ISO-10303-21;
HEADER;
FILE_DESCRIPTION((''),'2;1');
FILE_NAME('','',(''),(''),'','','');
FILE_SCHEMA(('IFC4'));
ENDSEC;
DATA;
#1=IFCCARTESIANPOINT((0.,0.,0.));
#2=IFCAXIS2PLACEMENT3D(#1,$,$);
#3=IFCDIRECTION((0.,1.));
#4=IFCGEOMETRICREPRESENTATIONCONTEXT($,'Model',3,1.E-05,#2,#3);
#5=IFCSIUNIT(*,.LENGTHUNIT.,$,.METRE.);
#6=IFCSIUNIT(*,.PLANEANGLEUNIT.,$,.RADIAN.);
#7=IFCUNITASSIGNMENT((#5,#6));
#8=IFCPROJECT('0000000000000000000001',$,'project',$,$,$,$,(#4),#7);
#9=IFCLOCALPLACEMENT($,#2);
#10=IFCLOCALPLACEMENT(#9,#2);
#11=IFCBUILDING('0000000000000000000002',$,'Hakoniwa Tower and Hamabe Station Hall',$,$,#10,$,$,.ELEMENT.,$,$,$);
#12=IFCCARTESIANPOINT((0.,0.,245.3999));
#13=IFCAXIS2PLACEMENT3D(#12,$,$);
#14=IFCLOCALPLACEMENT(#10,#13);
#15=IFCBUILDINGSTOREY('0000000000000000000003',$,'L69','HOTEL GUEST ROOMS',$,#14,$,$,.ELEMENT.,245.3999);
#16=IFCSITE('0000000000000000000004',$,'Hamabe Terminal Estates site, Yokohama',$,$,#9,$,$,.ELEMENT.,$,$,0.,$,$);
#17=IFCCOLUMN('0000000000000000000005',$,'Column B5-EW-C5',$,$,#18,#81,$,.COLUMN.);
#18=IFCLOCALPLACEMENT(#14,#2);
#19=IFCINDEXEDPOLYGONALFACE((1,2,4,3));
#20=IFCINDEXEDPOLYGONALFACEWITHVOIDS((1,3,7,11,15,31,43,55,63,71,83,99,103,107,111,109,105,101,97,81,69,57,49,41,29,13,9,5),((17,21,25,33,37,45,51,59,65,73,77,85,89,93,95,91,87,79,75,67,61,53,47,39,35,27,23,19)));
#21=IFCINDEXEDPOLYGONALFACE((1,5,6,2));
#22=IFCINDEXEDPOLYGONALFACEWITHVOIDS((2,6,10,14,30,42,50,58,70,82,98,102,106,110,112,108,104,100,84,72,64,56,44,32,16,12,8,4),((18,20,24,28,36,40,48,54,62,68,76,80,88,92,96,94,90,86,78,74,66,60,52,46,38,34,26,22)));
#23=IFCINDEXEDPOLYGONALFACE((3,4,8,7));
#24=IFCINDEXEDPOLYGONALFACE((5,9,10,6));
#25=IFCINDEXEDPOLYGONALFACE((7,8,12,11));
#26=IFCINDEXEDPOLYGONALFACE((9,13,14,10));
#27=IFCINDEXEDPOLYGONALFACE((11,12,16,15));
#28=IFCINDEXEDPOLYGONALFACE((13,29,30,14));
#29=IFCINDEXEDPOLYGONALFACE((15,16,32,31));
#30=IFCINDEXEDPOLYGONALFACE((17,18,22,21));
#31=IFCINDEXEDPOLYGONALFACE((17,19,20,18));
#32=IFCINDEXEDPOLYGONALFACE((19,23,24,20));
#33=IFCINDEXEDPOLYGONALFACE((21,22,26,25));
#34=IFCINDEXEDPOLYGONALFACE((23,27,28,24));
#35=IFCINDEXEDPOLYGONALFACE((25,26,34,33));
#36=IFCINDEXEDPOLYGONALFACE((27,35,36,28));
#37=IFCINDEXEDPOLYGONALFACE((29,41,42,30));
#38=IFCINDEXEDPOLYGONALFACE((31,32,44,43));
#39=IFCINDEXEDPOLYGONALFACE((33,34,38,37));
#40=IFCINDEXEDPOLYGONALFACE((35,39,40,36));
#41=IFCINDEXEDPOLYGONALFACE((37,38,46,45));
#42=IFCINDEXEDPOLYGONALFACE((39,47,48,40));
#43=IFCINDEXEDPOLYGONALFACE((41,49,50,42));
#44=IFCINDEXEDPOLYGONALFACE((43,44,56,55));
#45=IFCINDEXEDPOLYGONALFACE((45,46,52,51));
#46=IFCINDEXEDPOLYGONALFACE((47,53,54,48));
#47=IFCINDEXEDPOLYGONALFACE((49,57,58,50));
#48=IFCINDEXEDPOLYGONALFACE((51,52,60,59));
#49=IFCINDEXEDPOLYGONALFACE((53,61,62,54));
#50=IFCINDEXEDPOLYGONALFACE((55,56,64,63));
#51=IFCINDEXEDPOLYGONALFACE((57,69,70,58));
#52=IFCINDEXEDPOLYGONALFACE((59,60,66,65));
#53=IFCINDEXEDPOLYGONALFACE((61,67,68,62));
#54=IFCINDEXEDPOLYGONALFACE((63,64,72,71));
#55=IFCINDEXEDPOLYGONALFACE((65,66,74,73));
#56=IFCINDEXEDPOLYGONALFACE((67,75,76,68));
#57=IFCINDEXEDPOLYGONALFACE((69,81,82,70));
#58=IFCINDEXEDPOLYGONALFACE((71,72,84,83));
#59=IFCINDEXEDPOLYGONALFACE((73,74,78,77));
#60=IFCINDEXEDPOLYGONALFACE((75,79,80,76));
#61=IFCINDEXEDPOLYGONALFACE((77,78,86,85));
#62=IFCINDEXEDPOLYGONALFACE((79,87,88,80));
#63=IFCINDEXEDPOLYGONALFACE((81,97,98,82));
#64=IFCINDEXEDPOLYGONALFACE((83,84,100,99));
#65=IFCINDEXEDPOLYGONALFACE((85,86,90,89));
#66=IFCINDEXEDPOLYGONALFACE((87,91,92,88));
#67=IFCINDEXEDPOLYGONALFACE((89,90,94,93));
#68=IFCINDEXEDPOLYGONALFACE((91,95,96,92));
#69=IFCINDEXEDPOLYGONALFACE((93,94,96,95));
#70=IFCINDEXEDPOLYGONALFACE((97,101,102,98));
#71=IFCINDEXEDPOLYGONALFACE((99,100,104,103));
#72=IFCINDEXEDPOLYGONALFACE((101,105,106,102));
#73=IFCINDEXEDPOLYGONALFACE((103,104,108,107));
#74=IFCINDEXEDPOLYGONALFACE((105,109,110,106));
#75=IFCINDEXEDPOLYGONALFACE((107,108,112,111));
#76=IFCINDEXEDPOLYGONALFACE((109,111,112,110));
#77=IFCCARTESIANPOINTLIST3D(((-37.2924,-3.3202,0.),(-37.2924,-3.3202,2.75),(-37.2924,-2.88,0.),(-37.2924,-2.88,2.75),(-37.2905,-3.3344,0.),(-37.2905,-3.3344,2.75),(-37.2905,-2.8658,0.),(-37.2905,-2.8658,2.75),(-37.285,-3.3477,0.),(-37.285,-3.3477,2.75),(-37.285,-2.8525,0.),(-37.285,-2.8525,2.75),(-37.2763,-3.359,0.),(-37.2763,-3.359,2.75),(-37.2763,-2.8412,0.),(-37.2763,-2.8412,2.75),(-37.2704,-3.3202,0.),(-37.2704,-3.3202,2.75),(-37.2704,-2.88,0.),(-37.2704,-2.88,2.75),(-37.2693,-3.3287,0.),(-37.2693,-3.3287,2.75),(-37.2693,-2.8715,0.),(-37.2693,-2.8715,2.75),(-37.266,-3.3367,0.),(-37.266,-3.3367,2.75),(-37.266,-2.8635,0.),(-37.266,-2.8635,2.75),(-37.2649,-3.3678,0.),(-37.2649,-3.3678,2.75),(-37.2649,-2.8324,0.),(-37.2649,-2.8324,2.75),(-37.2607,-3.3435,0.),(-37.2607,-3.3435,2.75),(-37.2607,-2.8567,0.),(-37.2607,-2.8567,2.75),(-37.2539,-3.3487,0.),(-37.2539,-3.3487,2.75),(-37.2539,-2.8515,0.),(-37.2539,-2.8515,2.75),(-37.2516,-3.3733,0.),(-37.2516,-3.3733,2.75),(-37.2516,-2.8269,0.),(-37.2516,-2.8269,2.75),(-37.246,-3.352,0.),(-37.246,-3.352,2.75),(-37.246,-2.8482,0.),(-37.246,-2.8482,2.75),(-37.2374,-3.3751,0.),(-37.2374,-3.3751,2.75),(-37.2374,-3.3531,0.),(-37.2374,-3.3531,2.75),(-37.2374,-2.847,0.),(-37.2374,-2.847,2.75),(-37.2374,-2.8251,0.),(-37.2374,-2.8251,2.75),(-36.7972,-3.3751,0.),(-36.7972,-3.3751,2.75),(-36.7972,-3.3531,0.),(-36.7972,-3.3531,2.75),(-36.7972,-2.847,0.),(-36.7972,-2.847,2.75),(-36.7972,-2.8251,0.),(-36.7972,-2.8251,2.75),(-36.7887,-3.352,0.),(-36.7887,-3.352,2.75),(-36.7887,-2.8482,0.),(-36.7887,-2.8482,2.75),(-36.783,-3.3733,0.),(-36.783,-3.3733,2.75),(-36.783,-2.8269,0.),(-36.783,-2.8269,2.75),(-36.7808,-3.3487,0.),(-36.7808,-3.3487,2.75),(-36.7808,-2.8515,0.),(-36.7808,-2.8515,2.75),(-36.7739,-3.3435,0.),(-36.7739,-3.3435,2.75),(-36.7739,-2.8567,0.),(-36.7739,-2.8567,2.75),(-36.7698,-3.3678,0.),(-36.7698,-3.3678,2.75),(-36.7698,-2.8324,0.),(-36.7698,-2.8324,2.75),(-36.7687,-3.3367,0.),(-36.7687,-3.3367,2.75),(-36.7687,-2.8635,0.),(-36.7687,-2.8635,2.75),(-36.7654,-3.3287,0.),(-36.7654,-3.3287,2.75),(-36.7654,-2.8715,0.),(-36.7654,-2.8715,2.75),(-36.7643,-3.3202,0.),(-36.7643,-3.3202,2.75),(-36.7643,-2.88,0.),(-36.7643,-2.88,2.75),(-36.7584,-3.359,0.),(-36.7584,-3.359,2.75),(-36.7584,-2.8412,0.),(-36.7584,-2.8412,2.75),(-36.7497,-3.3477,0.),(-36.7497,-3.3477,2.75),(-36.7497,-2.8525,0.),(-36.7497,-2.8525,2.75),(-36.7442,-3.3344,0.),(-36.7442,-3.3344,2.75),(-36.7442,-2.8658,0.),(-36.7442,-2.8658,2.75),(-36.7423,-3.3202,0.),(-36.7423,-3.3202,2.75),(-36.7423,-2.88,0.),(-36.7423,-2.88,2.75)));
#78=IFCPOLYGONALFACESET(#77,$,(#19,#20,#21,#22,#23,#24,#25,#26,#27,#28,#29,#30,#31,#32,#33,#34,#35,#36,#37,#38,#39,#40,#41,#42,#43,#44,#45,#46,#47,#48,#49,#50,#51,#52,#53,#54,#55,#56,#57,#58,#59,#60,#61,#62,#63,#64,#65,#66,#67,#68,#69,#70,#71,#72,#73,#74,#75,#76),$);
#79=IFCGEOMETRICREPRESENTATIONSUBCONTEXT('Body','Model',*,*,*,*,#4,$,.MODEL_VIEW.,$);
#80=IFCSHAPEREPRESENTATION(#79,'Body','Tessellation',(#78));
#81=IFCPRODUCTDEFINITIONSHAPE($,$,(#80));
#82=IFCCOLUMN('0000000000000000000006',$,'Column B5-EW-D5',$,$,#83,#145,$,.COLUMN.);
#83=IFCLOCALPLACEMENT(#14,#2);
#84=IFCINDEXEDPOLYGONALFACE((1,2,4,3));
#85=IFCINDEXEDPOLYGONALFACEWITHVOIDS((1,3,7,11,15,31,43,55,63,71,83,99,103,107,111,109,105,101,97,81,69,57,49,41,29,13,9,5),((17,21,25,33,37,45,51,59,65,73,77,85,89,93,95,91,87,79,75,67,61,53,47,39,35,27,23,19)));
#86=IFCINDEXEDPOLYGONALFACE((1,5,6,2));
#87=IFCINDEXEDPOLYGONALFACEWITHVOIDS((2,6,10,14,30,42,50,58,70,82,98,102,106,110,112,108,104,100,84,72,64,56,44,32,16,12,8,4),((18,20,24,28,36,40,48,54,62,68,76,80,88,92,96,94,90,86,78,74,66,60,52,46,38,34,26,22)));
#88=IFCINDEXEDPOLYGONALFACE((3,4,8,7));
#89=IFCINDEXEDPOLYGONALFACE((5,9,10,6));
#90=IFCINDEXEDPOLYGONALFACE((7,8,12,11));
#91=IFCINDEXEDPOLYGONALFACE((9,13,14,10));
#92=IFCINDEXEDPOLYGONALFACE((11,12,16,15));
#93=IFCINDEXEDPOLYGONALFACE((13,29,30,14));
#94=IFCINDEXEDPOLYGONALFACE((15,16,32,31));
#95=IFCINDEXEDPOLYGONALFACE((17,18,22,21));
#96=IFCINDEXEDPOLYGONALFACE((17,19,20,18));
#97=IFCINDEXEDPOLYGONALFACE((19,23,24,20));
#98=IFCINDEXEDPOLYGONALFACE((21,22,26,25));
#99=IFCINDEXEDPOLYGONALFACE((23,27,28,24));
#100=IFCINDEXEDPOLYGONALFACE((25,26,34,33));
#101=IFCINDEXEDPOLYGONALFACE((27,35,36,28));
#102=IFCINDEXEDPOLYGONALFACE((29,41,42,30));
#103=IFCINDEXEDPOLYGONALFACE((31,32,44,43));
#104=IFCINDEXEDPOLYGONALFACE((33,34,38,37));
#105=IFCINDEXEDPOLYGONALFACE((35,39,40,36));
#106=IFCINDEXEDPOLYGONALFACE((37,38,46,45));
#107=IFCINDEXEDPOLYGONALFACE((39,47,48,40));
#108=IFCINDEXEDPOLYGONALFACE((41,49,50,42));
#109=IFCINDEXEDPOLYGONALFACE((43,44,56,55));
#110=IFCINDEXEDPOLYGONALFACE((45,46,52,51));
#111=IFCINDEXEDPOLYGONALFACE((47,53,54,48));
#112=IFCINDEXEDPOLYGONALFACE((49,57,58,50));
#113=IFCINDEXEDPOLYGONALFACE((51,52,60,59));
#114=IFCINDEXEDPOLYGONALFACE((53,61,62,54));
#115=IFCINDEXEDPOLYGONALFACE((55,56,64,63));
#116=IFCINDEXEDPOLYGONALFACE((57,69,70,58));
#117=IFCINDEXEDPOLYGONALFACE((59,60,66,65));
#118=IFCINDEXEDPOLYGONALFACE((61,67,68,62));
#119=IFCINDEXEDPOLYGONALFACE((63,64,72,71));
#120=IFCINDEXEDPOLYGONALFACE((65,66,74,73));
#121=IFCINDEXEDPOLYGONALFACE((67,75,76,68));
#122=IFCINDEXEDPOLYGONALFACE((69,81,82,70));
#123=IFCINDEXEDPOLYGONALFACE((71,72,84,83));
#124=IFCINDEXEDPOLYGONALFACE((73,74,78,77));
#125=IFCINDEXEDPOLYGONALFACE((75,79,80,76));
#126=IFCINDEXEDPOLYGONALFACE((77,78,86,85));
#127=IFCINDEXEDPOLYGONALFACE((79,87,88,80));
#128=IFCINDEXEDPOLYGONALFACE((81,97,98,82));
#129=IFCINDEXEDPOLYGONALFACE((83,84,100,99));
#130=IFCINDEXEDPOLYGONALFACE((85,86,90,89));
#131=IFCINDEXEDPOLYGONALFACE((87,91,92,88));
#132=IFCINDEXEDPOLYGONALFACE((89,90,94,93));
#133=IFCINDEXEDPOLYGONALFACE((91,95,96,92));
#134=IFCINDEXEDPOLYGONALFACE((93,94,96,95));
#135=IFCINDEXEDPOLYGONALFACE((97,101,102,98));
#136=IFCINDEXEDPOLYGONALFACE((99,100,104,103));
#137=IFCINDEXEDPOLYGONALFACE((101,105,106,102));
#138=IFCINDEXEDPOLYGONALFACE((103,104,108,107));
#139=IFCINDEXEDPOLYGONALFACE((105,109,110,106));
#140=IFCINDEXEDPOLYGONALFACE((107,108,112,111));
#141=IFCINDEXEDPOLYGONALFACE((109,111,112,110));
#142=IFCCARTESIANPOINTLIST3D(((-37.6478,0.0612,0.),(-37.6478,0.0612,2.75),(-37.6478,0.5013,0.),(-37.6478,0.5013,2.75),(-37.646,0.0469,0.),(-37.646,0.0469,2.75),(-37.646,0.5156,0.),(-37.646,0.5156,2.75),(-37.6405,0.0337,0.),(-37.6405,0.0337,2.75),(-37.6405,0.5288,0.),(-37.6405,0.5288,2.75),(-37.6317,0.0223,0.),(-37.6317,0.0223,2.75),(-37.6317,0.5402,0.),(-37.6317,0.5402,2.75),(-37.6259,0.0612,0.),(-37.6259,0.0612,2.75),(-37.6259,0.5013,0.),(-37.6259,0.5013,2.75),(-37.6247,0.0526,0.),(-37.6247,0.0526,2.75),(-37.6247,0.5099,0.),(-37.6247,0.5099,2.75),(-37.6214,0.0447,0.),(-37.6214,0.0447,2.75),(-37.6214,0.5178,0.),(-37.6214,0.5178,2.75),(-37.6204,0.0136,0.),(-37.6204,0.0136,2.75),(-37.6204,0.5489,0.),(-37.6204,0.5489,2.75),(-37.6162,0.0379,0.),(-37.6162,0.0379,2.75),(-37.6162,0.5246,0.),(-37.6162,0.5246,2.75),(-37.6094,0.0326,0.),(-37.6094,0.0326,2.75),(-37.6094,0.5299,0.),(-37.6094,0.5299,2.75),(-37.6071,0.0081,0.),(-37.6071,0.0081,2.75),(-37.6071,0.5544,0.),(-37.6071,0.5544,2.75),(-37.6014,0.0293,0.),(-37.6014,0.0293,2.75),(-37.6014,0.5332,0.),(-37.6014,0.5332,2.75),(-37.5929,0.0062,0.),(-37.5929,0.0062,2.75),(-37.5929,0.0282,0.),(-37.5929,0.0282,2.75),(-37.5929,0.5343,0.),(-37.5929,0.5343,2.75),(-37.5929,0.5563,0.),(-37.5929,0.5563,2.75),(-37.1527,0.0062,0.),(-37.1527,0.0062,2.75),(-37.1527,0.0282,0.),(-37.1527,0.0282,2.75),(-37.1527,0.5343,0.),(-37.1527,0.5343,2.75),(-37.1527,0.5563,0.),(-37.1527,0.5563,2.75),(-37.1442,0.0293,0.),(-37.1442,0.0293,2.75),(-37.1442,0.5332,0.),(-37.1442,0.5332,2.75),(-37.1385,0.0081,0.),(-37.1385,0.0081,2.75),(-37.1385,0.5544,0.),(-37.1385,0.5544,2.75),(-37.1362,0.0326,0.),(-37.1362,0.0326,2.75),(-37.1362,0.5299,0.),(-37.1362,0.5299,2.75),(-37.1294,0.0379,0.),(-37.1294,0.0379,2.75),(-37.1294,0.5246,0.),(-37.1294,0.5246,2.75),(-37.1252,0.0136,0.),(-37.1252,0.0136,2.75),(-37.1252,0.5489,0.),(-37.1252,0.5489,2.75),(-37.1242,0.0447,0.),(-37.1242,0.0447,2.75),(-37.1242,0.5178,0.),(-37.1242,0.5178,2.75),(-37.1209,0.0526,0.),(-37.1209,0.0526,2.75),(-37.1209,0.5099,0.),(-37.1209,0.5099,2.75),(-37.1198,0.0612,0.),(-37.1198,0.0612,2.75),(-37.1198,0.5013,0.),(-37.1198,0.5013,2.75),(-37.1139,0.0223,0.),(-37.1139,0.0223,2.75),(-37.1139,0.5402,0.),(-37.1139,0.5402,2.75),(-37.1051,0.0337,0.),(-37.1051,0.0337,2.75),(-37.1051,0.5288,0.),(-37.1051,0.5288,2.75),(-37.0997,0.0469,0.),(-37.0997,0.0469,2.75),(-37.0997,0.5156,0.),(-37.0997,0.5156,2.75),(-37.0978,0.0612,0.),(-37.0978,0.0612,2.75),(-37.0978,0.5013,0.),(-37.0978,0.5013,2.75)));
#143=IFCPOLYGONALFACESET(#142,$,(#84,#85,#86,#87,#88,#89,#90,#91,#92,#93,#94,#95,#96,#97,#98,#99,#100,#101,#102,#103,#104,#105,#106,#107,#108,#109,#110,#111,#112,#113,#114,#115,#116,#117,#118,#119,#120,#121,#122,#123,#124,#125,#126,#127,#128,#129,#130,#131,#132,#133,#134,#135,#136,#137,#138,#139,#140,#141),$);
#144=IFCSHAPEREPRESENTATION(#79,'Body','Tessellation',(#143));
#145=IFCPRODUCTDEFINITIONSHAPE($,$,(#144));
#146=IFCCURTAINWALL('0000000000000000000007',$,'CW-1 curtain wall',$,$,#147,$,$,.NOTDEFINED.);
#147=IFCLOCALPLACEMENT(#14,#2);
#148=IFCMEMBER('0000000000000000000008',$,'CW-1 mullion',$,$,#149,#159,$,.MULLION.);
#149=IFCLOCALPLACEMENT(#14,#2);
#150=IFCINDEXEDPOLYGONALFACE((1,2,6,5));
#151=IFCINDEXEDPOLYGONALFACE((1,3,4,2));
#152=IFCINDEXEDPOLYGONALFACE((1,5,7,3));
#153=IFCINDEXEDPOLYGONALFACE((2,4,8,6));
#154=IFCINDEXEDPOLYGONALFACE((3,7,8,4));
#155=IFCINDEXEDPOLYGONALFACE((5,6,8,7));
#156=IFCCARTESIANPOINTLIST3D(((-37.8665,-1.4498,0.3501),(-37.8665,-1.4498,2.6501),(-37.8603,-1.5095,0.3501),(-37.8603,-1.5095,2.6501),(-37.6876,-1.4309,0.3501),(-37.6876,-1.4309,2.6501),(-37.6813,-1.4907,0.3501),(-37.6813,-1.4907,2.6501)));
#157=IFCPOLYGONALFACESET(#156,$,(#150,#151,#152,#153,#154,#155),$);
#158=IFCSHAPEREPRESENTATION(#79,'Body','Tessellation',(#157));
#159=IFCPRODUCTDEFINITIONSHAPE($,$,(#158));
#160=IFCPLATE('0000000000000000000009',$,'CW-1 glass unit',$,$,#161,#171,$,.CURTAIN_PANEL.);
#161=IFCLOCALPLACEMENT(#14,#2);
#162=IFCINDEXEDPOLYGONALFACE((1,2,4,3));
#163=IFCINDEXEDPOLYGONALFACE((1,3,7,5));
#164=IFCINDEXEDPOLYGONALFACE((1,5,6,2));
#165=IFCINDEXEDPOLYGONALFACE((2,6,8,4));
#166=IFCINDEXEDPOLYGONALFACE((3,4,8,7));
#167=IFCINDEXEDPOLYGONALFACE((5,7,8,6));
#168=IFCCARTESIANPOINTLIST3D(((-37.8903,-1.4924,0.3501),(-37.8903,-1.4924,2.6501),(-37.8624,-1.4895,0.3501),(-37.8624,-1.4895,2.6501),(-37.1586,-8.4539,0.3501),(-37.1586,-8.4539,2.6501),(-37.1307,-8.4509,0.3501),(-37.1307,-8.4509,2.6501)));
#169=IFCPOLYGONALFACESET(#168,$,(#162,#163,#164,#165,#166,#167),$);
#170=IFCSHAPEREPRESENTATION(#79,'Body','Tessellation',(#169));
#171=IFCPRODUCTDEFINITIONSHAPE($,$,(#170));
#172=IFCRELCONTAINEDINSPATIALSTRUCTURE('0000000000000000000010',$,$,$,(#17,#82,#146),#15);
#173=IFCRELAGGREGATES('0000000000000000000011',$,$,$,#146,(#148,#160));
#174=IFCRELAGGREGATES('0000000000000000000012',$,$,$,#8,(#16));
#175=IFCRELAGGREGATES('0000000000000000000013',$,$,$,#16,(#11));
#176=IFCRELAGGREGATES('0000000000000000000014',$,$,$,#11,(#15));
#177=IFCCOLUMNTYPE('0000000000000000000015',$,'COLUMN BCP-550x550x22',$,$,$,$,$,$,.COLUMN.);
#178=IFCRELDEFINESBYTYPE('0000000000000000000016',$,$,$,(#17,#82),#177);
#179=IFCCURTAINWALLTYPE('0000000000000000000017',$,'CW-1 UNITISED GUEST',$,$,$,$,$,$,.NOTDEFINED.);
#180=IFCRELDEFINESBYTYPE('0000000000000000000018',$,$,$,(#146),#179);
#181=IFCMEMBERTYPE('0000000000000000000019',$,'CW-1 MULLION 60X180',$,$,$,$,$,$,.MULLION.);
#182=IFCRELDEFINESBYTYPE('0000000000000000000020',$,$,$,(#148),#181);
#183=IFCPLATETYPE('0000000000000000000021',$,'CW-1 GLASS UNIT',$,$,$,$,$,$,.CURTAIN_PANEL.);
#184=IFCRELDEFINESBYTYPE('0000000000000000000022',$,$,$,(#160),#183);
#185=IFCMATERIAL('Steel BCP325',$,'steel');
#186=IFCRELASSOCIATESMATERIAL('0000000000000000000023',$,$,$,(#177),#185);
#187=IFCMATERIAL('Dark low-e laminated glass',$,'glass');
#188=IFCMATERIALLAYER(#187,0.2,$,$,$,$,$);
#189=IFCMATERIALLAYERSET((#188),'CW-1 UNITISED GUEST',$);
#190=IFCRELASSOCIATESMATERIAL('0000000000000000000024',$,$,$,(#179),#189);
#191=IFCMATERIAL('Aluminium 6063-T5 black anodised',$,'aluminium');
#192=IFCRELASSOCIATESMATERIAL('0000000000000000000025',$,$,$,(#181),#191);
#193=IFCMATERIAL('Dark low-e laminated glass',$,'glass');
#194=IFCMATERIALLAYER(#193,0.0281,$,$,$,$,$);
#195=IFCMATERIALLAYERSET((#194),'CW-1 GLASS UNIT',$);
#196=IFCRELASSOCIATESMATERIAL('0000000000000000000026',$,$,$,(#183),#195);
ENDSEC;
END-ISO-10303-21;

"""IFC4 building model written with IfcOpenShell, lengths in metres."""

from ifc_helpers import new_model, si_unit, direction, frame, origin, origin_2d, place, context, subcontext, project, spatial, rectangle, hollow_rectangle, extrude, material, layer, layer_set, material_profile, profile_set, type_object, element, aggregate, save


model = new_model("IFC4")

# Units and contexts
model_context = context("Model", 3, precision=1e-05, world=origin(), true_north=direction((0.0, 1.0)))
body_context = subcontext(model_context, "Body", "Model", "MODEL_VIEW")
ifc_project = project(units=[si_unit("LENGTHUNIT", "METRE"), si_unit("PLANEANGLEUNIT", "RADIAN")], contexts=[model_context])

# Site, building, storey
site_placement = place(None, origin())
site = spatial("IfcSite", under=ifc_project, at=site_placement, Name="Hamabe Terminal Estates site, Yokohama", CompositionType="ELEMENT", RefElevation=0.0)
building_placement = place(site_placement, origin())
building = spatial("IfcBuilding", under=site, at=building_placement, Name="Hakoniwa Tower and Hamabe Station Hall", CompositionType="ELEMENT")
storey_placement = place(building_placement, frame((0.0, 0.0, 245.3999)))
storey = spatial("IfcBuildingStorey", under=building, at=storey_placement, Name="L69", Description="HOTEL GUEST ROOMS", CompositionType="ELEMENT", Elevation=245.3999)

# Columns
ifc_material_1 = material(Name="Steel BCP325", Category="steel")
ifc_material_profile_1 = material_profile(ifc_material_1, hollow_rectangle(XDim=0.55, YDim=0.55, WallThickness=0.022, InnerFilletRadius=0.033, OuterFilletRadius=0.0549, at=origin_2d()), Name="BCP-550x550x22")
ifc_profile_set_1 = profile_set([ifc_material_profile_1], Name="Steel BCP325")
column_type = type_object("IfcColumnType", Name="COLUMN BCP-550x550x22", PredefinedType="COLUMN", material=ifc_profile_set_1)
for number, where, z_axis, x_axis, name in (
    (1, (-37.0173, -3.1001, 0.0), (0.0, 0.0, 1.0), (1.0, 0.0, 0.0), "Column B5-EW-C5"),
    (2, (-37.3728, 0.2812, 0.0), (0.0, 0.0, 1.0), (1.0, 0.0, 0.0), "Column B5-EW-D5"),
):
    element("IfcColumn", number, at=place(storey_placement, frame(where, z_axis=z_axis, x_axis=x_axis)), inside=storey, type_object=column_type, Name=name, PredefinedType="COLUMN", context=body_context, shape_type="SweptSolid", body=[
        extrude(hollow_rectangle(XDim=0.55, YDim=0.55, WallThickness=0.022, InnerFilletRadius=0.033, OuterFilletRadius=0.0549, at=origin_2d()), origin(), (0.0, 0.0, 1.0), 2.75),
    ])

# Curtain wall, member, plate
ifc_material_2 = material(Name="Dark low-e laminated glass", Category="glass")
ifc_layer_1 = layer(ifc_material_2, 0.2)
ifc_layer_set_1 = layer_set([ifc_layer_1], Name="CW-1 UNITISED GUEST")
curtain_wall_type = type_object("IfcCurtainWallType", Name="CW-1 UNITISED GUEST", PredefinedType="NOTDEFINED", material=ifc_layer_set_1)
curtain_wall_placement = place(storey_placement, origin())
curtain_wall = element("IfcCurtainWall", 3, at=curtain_wall_placement, inside=storey, type_object=curtain_wall_type, Name="CW-1 curtain wall", PredefinedType="NOTDEFINED")
ifc_material_3 = material(Name="Aluminium 6063-T5 black anodised", Category="aluminium")
ifc_material_profile_2 = material_profile(ifc_material_3, rectangle(XDim=0.0601, YDim=0.1799, at=origin_2d()), Name="CW-1 MULLION 60X180")
ifc_profile_set_2 = profile_set([ifc_material_profile_2], Name="Aluminium 6063-T5 black anodised")
member_type = type_object("IfcMemberType", Name="CW-1 MULLION 60X180", PredefinedType="MULLION", material=ifc_profile_set_2)
member_placement = place(storey_placement, frame((-37.7739, -1.4702, 0.3501), z_axis=(0.0, 0.0, 1.0), x_axis=(0.104528, -0.994522, 0.0)))
member = element("IfcMember", 4, at=member_placement, type_object=member_type, Name="CW-1 mullion", PredefinedType="MULLION", context=body_context, shape_type="SweptSolid", body=[
    extrude(rectangle(XDim=0.0601, YDim=0.1799, at=origin_2d()), origin(), (0.0, 0.0, 1.0), 2.3),
])
ifc_material_4 = material(Name="Dark low-e laminated glass", Category="glass")
ifc_layer_2 = layer(ifc_material_4, 0.0281)
ifc_layer_set_2 = layer_set([ifc_layer_2], Name="CW-1 GLASS UNIT")
plate_type = type_object("IfcPlateType", Name="CW-1 GLASS UNIT", PredefinedType="CURTAIN_PANEL", material=ifc_layer_set_2)
plate_placement = place(storey_placement, frame((-37.5105, -4.9717, 0.3501), z_axis=(0.0, 0.0, 1.0), x_axis=(0.104528, -0.994522, 0.0)))
plate = element("IfcPlate", 5, at=plate_placement, type_object=plate_type, Name="CW-1 glass unit", PredefinedType="CURTAIN_PANEL", context=body_context, shape_type="SweptSolid", body=[
    extrude(rectangle(XDim=6.9998, YDim=0.0281, at=origin_2d()), origin(), (0.0, 0.0, 1.0), 2.3),
])
aggregate(curtain_wall, [member, plate])

save(model, "model.ifc")
